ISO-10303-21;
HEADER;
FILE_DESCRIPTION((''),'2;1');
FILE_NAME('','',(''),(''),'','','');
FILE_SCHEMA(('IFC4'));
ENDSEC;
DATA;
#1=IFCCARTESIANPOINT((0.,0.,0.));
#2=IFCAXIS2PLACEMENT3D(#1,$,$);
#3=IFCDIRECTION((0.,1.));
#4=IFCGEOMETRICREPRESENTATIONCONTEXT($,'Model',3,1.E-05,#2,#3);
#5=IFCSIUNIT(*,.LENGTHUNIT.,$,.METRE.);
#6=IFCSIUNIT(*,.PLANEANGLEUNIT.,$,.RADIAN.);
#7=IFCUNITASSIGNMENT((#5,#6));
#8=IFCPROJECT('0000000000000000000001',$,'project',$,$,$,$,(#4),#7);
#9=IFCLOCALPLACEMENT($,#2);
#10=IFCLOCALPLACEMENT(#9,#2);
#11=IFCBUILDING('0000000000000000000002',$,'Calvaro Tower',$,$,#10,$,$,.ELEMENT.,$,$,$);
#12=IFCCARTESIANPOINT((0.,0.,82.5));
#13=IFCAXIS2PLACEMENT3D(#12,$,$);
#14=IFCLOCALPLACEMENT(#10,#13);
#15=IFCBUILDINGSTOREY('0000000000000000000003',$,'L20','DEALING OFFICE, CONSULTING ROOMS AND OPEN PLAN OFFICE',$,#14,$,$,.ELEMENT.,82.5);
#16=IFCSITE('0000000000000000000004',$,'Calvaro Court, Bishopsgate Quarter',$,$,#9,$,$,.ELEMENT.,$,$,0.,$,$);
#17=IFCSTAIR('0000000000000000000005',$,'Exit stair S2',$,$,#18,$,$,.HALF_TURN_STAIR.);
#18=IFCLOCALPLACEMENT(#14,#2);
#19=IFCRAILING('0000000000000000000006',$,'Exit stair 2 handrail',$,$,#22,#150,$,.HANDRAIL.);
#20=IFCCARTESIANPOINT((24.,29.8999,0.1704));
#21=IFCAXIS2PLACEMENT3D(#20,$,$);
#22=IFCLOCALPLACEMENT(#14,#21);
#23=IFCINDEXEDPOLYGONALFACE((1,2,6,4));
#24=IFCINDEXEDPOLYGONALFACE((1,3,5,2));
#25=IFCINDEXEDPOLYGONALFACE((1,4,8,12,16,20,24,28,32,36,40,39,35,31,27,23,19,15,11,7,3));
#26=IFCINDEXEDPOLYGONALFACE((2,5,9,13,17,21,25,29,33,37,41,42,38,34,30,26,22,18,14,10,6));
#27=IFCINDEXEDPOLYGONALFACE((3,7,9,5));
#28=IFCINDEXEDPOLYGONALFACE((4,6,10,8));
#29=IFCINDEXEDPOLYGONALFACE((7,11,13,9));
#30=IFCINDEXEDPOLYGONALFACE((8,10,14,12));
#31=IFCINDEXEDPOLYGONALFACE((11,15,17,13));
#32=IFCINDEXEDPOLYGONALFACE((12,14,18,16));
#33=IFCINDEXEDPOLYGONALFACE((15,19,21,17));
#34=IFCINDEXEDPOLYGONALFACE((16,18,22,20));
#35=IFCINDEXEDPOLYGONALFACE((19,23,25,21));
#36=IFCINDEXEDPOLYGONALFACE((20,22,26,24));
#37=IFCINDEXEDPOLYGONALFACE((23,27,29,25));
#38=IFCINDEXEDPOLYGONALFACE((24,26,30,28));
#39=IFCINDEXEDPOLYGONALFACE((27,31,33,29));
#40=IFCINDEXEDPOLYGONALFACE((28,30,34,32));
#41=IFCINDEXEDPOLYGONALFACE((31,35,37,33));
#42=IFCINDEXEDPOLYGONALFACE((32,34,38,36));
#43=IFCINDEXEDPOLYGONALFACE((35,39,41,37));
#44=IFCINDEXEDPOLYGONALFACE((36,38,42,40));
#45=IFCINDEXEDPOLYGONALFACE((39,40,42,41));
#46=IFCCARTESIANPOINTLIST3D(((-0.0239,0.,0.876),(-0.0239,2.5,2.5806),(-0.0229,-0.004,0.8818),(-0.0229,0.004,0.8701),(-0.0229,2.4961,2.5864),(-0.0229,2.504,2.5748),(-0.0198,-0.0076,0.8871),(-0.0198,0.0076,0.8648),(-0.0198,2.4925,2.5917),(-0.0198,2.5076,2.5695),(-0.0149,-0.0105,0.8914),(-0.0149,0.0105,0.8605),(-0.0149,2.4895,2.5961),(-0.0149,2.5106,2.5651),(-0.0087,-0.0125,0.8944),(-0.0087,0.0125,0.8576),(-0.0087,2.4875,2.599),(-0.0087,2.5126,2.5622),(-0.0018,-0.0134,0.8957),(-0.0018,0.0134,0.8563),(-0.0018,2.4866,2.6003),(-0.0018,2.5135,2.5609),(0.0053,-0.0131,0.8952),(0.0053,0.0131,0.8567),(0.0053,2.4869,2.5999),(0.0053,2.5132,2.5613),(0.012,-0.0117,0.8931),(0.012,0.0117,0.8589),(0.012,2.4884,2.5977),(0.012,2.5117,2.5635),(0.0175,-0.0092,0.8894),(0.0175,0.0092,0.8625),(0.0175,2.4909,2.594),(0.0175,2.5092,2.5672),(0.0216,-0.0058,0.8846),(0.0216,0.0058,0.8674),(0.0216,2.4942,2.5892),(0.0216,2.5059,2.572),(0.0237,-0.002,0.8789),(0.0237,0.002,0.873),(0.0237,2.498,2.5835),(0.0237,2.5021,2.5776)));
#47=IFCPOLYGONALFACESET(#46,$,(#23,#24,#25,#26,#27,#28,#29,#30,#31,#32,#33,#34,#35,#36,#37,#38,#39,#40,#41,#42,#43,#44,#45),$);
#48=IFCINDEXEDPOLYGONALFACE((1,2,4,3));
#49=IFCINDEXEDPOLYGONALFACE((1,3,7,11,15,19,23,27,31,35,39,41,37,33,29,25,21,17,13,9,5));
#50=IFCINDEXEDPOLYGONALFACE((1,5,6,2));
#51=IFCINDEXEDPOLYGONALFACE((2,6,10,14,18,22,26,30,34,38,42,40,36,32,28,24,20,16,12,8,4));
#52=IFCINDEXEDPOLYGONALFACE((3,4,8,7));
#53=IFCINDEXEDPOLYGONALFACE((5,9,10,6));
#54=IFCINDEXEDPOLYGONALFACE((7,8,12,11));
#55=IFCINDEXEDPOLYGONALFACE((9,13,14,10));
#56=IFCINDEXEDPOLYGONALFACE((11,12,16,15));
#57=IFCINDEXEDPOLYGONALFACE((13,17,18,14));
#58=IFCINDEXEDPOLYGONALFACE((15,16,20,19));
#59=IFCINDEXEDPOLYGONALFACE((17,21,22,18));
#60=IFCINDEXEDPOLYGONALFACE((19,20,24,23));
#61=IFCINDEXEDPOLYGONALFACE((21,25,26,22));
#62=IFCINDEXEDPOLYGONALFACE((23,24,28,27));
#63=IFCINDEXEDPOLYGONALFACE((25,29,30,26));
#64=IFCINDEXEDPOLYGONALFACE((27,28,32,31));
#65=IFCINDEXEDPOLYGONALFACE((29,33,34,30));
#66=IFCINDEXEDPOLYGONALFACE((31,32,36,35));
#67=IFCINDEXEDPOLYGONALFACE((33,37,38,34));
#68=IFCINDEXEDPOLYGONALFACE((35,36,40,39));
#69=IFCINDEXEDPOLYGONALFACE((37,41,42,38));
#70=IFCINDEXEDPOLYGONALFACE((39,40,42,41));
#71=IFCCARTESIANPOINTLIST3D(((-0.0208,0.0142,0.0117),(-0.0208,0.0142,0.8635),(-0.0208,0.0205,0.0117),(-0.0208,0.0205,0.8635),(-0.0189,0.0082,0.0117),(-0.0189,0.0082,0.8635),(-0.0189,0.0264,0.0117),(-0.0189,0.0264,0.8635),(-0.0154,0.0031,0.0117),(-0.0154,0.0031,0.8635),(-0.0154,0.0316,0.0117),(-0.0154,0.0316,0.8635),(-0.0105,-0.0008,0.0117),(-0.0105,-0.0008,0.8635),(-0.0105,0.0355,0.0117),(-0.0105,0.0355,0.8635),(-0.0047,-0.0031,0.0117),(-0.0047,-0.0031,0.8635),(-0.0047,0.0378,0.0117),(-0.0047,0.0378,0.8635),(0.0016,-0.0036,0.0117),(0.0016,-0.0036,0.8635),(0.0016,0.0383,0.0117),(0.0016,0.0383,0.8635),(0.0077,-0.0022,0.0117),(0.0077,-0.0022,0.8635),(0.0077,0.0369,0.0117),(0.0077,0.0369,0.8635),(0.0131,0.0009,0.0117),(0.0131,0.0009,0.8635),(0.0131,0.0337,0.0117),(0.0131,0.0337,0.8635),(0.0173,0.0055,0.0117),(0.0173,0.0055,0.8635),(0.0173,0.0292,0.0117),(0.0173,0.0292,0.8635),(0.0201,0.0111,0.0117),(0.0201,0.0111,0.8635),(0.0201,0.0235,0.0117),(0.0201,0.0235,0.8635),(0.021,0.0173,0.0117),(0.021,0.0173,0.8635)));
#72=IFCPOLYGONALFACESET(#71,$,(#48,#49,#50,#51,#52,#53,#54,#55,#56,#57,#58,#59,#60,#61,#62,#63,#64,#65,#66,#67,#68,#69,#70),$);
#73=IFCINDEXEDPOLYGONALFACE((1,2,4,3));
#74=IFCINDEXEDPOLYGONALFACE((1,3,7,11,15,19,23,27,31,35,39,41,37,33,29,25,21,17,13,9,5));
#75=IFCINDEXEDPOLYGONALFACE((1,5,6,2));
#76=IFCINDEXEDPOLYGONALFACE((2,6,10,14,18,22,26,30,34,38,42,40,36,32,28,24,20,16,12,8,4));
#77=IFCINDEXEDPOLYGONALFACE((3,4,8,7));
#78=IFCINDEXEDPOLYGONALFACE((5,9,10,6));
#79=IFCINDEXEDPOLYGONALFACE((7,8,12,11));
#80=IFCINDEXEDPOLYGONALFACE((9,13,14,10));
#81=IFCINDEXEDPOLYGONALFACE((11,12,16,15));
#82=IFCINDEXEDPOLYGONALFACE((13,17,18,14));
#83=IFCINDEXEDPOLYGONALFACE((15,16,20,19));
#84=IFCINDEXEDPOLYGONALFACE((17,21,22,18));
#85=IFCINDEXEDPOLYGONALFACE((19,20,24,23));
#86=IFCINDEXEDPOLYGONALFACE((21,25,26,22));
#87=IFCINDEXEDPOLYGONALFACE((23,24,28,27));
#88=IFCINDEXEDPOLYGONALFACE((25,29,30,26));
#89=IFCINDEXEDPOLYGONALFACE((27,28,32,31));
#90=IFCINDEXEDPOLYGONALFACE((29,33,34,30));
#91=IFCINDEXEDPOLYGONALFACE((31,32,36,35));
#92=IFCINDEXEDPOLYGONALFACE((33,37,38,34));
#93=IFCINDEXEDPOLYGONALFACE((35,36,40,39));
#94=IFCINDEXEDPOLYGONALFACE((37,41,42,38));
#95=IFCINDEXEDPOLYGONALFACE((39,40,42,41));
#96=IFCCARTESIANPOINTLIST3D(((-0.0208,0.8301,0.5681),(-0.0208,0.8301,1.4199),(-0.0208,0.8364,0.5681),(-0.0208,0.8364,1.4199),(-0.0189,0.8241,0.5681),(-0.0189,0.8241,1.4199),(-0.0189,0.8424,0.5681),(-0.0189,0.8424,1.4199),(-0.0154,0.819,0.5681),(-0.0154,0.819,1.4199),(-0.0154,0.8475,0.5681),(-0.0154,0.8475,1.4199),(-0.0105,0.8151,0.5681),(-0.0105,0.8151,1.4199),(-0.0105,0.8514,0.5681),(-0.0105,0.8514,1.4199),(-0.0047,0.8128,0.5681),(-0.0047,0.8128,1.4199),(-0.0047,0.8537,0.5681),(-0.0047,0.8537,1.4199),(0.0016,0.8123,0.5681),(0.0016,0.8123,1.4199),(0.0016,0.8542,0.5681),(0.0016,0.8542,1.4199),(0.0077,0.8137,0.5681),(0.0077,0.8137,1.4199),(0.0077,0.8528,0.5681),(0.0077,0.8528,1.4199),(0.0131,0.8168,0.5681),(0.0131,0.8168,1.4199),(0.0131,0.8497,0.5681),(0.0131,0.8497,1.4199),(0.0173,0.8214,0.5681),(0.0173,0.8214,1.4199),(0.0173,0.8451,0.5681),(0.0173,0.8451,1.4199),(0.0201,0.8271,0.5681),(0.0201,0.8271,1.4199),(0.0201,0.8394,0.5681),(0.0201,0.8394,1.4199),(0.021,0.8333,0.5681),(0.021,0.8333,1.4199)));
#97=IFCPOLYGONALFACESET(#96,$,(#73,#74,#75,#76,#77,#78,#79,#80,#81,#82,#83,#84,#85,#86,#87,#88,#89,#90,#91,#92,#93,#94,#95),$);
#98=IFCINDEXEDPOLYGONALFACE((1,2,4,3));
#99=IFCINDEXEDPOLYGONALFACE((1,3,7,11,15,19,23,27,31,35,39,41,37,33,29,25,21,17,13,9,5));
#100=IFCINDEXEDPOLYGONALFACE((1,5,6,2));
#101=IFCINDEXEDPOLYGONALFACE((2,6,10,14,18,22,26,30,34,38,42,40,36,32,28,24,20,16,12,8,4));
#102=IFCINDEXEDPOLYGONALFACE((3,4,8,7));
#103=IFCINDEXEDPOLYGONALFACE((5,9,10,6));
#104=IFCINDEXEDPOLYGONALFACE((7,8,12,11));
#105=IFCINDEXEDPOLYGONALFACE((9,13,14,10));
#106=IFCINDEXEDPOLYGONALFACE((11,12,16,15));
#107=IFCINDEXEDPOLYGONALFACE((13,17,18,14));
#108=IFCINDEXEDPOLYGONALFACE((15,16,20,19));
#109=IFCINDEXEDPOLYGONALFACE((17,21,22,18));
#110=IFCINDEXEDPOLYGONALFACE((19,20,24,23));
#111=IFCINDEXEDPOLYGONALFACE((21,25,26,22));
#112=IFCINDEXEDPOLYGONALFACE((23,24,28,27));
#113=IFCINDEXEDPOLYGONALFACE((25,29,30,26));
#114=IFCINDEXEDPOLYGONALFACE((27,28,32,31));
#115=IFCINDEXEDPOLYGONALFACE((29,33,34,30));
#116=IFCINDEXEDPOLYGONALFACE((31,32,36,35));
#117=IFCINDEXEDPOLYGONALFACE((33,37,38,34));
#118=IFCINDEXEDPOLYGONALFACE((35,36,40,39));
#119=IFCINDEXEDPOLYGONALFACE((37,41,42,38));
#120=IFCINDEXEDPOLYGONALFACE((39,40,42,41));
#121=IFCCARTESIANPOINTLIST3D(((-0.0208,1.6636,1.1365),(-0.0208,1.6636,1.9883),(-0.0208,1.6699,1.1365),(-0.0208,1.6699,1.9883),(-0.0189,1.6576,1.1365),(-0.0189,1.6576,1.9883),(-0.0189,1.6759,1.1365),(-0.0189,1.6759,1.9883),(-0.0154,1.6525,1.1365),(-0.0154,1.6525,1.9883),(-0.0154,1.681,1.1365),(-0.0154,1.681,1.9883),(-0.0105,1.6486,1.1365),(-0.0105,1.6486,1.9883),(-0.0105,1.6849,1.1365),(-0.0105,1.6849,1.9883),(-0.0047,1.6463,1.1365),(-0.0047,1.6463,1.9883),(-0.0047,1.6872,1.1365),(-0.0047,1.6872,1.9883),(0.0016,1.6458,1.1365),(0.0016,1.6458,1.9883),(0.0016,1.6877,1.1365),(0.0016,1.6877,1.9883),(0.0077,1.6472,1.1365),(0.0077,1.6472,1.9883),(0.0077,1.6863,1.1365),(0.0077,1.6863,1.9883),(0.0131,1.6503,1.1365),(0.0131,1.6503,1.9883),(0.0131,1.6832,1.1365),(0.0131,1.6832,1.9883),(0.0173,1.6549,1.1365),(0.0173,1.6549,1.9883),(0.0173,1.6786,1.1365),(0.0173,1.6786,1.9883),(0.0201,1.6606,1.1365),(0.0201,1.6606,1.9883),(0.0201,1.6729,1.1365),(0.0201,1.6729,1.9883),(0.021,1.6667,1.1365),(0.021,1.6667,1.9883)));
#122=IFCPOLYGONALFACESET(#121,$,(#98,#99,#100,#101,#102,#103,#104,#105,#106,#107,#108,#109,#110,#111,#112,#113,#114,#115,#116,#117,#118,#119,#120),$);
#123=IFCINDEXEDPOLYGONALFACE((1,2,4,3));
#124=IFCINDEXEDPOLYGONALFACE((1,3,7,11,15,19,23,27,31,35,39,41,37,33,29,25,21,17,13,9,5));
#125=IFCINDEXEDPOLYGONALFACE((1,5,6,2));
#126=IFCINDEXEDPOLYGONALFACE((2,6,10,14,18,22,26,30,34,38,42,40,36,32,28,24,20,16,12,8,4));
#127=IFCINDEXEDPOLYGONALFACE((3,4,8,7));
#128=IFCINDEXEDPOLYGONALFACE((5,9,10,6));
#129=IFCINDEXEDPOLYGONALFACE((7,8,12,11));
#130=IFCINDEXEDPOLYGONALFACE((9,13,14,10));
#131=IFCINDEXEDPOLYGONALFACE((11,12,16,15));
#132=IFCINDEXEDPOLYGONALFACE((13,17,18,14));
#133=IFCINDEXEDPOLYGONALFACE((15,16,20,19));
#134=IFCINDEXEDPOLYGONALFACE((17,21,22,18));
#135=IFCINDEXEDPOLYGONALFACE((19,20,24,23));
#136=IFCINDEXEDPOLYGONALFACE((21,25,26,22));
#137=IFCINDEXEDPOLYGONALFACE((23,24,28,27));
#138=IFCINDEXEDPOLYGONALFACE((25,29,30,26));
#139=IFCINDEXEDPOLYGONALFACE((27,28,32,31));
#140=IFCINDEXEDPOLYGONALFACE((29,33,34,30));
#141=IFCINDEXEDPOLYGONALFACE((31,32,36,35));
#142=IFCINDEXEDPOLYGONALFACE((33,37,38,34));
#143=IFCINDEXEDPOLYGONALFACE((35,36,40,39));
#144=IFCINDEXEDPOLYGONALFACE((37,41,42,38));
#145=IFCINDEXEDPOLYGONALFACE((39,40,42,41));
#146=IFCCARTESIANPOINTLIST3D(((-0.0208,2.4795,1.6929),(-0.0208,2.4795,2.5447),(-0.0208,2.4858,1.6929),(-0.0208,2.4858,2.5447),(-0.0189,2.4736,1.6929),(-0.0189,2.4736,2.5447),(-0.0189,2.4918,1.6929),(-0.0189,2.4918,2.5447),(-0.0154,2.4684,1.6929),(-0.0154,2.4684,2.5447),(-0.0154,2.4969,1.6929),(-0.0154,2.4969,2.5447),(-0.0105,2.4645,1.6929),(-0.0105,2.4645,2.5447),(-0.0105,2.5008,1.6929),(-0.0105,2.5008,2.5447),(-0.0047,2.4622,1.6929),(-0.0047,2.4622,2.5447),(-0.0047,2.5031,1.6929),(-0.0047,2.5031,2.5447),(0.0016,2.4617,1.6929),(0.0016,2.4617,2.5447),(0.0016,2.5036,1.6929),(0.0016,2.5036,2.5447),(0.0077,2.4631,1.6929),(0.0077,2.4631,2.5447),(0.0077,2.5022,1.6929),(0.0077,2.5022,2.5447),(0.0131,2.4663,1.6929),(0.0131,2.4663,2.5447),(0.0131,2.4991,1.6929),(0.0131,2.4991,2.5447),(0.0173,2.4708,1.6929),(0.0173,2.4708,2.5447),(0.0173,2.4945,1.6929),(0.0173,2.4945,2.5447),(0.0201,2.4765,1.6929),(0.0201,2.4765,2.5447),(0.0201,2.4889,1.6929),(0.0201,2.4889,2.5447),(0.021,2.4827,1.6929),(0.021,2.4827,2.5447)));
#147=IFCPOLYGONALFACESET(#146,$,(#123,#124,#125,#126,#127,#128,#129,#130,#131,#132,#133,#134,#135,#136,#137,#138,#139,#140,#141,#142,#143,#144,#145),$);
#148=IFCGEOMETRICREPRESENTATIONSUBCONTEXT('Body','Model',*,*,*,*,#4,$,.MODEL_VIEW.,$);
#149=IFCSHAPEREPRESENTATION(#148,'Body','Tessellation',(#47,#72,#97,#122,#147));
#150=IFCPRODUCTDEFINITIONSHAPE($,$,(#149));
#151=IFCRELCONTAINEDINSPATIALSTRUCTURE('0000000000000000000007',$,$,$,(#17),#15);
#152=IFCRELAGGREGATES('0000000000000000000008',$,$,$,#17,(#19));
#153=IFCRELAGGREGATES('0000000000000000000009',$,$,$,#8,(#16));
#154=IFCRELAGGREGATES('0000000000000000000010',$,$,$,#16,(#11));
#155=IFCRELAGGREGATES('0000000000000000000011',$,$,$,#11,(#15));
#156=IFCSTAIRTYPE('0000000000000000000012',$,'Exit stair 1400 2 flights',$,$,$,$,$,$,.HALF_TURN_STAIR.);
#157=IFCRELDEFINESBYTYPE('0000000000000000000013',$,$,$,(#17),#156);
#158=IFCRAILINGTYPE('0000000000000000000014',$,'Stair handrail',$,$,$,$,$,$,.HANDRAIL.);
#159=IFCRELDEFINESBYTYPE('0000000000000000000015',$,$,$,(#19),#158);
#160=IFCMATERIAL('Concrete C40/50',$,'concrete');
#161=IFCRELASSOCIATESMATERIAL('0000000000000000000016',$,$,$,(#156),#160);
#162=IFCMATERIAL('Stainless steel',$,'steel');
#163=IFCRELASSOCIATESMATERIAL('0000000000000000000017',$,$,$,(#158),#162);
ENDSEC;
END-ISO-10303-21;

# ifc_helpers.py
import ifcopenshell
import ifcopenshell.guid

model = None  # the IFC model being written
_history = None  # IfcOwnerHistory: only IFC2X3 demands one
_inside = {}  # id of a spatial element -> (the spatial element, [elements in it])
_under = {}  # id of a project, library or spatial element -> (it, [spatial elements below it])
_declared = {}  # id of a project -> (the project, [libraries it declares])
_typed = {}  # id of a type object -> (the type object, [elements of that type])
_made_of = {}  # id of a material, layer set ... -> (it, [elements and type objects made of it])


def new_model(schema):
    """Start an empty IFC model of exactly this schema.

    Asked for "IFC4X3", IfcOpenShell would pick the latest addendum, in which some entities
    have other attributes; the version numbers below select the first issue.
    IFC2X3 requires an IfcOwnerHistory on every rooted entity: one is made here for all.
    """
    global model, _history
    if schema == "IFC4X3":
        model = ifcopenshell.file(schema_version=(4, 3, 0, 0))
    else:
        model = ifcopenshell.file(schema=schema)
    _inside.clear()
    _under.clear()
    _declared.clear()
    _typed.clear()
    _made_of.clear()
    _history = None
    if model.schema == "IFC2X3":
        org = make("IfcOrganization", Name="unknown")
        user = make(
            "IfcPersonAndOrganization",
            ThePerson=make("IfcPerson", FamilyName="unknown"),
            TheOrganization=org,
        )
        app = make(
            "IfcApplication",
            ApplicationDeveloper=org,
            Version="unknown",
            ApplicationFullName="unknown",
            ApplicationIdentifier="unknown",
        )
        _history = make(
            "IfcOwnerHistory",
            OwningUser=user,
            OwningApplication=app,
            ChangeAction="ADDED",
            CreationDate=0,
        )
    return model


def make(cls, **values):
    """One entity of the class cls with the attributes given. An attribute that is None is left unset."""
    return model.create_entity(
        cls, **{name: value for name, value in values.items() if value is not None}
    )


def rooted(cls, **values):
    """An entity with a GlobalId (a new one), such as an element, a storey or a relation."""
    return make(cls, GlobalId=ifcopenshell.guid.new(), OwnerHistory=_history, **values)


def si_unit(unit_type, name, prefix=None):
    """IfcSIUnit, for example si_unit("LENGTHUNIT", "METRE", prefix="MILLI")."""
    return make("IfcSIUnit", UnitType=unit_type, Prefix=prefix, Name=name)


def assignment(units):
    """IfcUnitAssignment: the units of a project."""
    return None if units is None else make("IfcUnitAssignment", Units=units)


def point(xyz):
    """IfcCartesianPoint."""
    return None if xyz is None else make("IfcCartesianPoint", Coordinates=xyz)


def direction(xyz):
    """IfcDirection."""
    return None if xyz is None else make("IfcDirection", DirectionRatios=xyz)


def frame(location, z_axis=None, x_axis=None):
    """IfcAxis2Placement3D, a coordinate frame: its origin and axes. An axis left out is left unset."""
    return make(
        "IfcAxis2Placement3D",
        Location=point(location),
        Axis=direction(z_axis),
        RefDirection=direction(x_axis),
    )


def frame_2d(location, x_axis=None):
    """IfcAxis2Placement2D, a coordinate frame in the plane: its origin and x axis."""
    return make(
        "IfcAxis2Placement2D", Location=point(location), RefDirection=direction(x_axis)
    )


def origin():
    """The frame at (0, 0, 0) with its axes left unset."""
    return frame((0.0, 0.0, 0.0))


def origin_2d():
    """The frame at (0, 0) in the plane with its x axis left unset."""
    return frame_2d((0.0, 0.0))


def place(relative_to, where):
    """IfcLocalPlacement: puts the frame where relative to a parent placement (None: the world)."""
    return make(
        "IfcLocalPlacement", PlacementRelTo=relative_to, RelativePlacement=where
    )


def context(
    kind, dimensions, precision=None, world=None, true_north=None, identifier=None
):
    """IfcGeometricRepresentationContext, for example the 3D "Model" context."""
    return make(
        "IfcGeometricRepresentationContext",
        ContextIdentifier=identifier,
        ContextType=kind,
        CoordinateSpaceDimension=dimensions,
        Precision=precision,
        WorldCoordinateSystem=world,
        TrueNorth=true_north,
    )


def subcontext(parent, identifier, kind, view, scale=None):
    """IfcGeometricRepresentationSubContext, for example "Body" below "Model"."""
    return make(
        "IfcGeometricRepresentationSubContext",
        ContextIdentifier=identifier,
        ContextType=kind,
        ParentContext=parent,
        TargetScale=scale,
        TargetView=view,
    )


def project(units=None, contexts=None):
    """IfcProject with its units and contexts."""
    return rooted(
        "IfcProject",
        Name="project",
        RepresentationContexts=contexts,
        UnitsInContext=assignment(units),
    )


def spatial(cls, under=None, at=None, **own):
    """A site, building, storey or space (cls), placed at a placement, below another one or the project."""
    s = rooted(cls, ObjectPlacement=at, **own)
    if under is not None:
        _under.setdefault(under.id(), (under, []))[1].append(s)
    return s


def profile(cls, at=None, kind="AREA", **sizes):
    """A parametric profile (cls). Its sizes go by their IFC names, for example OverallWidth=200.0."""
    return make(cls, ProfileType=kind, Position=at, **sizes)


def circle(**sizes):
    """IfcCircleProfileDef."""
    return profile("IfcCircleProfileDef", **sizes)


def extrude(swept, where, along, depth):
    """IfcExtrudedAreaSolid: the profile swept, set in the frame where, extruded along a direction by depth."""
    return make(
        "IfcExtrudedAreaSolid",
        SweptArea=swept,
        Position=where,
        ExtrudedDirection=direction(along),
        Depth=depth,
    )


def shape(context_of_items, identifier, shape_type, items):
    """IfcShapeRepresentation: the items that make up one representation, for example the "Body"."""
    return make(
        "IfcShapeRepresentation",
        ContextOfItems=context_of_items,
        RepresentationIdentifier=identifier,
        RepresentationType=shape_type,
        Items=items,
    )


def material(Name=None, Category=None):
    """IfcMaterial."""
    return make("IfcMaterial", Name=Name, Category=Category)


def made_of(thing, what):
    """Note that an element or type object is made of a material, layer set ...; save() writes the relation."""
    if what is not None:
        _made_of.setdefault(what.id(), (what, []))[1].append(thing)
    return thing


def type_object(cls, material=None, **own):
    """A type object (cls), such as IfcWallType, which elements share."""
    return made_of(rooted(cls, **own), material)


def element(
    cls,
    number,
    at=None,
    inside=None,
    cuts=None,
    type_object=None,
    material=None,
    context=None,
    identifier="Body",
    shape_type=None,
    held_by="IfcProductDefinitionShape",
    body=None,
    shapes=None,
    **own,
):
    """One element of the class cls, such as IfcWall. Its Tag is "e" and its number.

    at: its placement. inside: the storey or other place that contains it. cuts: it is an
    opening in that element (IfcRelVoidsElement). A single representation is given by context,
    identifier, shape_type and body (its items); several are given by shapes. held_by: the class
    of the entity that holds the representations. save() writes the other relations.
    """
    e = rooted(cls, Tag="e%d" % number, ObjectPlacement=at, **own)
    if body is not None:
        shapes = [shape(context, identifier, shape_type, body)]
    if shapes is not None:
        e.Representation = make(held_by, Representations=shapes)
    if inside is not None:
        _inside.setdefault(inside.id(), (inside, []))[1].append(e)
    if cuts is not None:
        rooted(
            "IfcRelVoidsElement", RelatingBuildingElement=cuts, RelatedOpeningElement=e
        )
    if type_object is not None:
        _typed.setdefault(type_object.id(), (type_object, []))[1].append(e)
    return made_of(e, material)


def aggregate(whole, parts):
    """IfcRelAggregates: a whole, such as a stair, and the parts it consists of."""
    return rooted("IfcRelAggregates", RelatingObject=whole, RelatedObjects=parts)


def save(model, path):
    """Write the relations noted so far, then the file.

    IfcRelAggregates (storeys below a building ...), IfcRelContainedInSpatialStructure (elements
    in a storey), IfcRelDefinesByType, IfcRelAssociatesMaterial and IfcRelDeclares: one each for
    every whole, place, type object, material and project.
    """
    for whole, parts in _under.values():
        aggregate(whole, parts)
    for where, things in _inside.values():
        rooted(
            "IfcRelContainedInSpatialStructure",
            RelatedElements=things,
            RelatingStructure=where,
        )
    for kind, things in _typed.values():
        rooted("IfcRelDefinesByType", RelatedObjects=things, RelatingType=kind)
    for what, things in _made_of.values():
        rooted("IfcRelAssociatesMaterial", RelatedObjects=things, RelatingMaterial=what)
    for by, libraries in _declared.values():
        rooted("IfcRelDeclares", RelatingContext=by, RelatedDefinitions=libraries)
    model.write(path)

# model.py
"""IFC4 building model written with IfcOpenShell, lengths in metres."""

from ifc_helpers import new_model, si_unit, direction, frame, origin, origin_2d, place, context, subcontext, project, spatial, circle, extrude, material, type_object, element, aggregate, save


model = new_model("IFC4")

# Units and contexts
model_context = context("Model", 3, precision=1e-05, world=origin(), true_north=direction((0.0, 1.0)))
body_context = subcontext(model_context, "Body", "Model", "MODEL_VIEW")
ifc_project = project(units=[si_unit("LENGTHUNIT", "METRE"), si_unit("PLANEANGLEUNIT", "RADIAN")], contexts=[model_context])

# Site, building, storey
site_placement = place(None, origin())
site = spatial("IfcSite", under=ifc_project, at=site_placement, Name="Calvaro Court, Bishopsgate Quarter", CompositionType="ELEMENT", RefElevation=0.0)
building_placement = place(site_placement, origin())
building = spatial("IfcBuilding", under=site, at=building_placement, Name="Calvaro Tower", CompositionType="ELEMENT")
storey_placement = place(building_placement, frame((0.0, 0.0, 82.5)))
storey = spatial("IfcBuildingStorey", under=building, at=storey_placement, Name="L20", Description="DEALING OFFICE, CONSULTING ROOMS AND OPEN PLAN OFFICE", CompositionType="ELEMENT", Elevation=82.5)

# Stair, railing
ifc_material_1 = material(Name="Concrete C40/50", Category="concrete")
stair_type = type_object("IfcStairType", Name="Exit stair 1400 2 flights", PredefinedType="HALF_TURN_STAIR", material=ifc_material_1)
stair_placement = place(storey_placement, origin())
stair = element("IfcStair", 1, at=stair_placement, inside=storey, type_object=stair_type, Name="Exit stair S2", PredefinedType="HALF_TURN_STAIR")
ifc_material_2 = material(Name="Stainless steel", Category="steel")
railing_type = type_object("IfcRailingType", Name="Stair handrail", PredefinedType="HANDRAIL", material=ifc_material_2)
railing_1_placement = place(storey_placement, frame((24.0, 29.8999, 0.1704)))
railing_1 = element("IfcRailing", 2, at=railing_1_placement, type_object=railing_type, Name="Exit stair 2 handrail", PredefinedType="HANDRAIL", context=body_context, shape_type="SweptSolid", body=[
    extrude(circle(Radius=0.0239, at=origin_2d()), frame((0.0, 0.0, 0.876), z_axis=(0.0, 0.826221, 0.563347), x_axis=(-1.0, 0.0, 0.0)), (0.0, 0.0, 1.0), 3.0259),
    extrude(circle(Radius=0.021, at=origin_2d()), frame((0.0, 0.0173, 0.0117)), (0.0, 0.0, 1.0), 0.8518),
    extrude(circle(Radius=0.021, at=origin_2d()), frame((0.0, 0.8333, 0.5681)), (0.0, 0.0, 1.0), 0.8518),
    extrude(circle(Radius=0.021, at=origin_2d()), frame((0.0, 1.6667, 1.1365)), (0.0, 0.0, 1.0), 0.8518),
    extrude(circle(Radius=0.021, at=origin_2d()), frame((0.0, 2.4827, 1.6929)), (0.0, 0.0, 1.0), 0.8518),
])
aggregate(stair, [railing_1])

save(model, "model.ifc")
